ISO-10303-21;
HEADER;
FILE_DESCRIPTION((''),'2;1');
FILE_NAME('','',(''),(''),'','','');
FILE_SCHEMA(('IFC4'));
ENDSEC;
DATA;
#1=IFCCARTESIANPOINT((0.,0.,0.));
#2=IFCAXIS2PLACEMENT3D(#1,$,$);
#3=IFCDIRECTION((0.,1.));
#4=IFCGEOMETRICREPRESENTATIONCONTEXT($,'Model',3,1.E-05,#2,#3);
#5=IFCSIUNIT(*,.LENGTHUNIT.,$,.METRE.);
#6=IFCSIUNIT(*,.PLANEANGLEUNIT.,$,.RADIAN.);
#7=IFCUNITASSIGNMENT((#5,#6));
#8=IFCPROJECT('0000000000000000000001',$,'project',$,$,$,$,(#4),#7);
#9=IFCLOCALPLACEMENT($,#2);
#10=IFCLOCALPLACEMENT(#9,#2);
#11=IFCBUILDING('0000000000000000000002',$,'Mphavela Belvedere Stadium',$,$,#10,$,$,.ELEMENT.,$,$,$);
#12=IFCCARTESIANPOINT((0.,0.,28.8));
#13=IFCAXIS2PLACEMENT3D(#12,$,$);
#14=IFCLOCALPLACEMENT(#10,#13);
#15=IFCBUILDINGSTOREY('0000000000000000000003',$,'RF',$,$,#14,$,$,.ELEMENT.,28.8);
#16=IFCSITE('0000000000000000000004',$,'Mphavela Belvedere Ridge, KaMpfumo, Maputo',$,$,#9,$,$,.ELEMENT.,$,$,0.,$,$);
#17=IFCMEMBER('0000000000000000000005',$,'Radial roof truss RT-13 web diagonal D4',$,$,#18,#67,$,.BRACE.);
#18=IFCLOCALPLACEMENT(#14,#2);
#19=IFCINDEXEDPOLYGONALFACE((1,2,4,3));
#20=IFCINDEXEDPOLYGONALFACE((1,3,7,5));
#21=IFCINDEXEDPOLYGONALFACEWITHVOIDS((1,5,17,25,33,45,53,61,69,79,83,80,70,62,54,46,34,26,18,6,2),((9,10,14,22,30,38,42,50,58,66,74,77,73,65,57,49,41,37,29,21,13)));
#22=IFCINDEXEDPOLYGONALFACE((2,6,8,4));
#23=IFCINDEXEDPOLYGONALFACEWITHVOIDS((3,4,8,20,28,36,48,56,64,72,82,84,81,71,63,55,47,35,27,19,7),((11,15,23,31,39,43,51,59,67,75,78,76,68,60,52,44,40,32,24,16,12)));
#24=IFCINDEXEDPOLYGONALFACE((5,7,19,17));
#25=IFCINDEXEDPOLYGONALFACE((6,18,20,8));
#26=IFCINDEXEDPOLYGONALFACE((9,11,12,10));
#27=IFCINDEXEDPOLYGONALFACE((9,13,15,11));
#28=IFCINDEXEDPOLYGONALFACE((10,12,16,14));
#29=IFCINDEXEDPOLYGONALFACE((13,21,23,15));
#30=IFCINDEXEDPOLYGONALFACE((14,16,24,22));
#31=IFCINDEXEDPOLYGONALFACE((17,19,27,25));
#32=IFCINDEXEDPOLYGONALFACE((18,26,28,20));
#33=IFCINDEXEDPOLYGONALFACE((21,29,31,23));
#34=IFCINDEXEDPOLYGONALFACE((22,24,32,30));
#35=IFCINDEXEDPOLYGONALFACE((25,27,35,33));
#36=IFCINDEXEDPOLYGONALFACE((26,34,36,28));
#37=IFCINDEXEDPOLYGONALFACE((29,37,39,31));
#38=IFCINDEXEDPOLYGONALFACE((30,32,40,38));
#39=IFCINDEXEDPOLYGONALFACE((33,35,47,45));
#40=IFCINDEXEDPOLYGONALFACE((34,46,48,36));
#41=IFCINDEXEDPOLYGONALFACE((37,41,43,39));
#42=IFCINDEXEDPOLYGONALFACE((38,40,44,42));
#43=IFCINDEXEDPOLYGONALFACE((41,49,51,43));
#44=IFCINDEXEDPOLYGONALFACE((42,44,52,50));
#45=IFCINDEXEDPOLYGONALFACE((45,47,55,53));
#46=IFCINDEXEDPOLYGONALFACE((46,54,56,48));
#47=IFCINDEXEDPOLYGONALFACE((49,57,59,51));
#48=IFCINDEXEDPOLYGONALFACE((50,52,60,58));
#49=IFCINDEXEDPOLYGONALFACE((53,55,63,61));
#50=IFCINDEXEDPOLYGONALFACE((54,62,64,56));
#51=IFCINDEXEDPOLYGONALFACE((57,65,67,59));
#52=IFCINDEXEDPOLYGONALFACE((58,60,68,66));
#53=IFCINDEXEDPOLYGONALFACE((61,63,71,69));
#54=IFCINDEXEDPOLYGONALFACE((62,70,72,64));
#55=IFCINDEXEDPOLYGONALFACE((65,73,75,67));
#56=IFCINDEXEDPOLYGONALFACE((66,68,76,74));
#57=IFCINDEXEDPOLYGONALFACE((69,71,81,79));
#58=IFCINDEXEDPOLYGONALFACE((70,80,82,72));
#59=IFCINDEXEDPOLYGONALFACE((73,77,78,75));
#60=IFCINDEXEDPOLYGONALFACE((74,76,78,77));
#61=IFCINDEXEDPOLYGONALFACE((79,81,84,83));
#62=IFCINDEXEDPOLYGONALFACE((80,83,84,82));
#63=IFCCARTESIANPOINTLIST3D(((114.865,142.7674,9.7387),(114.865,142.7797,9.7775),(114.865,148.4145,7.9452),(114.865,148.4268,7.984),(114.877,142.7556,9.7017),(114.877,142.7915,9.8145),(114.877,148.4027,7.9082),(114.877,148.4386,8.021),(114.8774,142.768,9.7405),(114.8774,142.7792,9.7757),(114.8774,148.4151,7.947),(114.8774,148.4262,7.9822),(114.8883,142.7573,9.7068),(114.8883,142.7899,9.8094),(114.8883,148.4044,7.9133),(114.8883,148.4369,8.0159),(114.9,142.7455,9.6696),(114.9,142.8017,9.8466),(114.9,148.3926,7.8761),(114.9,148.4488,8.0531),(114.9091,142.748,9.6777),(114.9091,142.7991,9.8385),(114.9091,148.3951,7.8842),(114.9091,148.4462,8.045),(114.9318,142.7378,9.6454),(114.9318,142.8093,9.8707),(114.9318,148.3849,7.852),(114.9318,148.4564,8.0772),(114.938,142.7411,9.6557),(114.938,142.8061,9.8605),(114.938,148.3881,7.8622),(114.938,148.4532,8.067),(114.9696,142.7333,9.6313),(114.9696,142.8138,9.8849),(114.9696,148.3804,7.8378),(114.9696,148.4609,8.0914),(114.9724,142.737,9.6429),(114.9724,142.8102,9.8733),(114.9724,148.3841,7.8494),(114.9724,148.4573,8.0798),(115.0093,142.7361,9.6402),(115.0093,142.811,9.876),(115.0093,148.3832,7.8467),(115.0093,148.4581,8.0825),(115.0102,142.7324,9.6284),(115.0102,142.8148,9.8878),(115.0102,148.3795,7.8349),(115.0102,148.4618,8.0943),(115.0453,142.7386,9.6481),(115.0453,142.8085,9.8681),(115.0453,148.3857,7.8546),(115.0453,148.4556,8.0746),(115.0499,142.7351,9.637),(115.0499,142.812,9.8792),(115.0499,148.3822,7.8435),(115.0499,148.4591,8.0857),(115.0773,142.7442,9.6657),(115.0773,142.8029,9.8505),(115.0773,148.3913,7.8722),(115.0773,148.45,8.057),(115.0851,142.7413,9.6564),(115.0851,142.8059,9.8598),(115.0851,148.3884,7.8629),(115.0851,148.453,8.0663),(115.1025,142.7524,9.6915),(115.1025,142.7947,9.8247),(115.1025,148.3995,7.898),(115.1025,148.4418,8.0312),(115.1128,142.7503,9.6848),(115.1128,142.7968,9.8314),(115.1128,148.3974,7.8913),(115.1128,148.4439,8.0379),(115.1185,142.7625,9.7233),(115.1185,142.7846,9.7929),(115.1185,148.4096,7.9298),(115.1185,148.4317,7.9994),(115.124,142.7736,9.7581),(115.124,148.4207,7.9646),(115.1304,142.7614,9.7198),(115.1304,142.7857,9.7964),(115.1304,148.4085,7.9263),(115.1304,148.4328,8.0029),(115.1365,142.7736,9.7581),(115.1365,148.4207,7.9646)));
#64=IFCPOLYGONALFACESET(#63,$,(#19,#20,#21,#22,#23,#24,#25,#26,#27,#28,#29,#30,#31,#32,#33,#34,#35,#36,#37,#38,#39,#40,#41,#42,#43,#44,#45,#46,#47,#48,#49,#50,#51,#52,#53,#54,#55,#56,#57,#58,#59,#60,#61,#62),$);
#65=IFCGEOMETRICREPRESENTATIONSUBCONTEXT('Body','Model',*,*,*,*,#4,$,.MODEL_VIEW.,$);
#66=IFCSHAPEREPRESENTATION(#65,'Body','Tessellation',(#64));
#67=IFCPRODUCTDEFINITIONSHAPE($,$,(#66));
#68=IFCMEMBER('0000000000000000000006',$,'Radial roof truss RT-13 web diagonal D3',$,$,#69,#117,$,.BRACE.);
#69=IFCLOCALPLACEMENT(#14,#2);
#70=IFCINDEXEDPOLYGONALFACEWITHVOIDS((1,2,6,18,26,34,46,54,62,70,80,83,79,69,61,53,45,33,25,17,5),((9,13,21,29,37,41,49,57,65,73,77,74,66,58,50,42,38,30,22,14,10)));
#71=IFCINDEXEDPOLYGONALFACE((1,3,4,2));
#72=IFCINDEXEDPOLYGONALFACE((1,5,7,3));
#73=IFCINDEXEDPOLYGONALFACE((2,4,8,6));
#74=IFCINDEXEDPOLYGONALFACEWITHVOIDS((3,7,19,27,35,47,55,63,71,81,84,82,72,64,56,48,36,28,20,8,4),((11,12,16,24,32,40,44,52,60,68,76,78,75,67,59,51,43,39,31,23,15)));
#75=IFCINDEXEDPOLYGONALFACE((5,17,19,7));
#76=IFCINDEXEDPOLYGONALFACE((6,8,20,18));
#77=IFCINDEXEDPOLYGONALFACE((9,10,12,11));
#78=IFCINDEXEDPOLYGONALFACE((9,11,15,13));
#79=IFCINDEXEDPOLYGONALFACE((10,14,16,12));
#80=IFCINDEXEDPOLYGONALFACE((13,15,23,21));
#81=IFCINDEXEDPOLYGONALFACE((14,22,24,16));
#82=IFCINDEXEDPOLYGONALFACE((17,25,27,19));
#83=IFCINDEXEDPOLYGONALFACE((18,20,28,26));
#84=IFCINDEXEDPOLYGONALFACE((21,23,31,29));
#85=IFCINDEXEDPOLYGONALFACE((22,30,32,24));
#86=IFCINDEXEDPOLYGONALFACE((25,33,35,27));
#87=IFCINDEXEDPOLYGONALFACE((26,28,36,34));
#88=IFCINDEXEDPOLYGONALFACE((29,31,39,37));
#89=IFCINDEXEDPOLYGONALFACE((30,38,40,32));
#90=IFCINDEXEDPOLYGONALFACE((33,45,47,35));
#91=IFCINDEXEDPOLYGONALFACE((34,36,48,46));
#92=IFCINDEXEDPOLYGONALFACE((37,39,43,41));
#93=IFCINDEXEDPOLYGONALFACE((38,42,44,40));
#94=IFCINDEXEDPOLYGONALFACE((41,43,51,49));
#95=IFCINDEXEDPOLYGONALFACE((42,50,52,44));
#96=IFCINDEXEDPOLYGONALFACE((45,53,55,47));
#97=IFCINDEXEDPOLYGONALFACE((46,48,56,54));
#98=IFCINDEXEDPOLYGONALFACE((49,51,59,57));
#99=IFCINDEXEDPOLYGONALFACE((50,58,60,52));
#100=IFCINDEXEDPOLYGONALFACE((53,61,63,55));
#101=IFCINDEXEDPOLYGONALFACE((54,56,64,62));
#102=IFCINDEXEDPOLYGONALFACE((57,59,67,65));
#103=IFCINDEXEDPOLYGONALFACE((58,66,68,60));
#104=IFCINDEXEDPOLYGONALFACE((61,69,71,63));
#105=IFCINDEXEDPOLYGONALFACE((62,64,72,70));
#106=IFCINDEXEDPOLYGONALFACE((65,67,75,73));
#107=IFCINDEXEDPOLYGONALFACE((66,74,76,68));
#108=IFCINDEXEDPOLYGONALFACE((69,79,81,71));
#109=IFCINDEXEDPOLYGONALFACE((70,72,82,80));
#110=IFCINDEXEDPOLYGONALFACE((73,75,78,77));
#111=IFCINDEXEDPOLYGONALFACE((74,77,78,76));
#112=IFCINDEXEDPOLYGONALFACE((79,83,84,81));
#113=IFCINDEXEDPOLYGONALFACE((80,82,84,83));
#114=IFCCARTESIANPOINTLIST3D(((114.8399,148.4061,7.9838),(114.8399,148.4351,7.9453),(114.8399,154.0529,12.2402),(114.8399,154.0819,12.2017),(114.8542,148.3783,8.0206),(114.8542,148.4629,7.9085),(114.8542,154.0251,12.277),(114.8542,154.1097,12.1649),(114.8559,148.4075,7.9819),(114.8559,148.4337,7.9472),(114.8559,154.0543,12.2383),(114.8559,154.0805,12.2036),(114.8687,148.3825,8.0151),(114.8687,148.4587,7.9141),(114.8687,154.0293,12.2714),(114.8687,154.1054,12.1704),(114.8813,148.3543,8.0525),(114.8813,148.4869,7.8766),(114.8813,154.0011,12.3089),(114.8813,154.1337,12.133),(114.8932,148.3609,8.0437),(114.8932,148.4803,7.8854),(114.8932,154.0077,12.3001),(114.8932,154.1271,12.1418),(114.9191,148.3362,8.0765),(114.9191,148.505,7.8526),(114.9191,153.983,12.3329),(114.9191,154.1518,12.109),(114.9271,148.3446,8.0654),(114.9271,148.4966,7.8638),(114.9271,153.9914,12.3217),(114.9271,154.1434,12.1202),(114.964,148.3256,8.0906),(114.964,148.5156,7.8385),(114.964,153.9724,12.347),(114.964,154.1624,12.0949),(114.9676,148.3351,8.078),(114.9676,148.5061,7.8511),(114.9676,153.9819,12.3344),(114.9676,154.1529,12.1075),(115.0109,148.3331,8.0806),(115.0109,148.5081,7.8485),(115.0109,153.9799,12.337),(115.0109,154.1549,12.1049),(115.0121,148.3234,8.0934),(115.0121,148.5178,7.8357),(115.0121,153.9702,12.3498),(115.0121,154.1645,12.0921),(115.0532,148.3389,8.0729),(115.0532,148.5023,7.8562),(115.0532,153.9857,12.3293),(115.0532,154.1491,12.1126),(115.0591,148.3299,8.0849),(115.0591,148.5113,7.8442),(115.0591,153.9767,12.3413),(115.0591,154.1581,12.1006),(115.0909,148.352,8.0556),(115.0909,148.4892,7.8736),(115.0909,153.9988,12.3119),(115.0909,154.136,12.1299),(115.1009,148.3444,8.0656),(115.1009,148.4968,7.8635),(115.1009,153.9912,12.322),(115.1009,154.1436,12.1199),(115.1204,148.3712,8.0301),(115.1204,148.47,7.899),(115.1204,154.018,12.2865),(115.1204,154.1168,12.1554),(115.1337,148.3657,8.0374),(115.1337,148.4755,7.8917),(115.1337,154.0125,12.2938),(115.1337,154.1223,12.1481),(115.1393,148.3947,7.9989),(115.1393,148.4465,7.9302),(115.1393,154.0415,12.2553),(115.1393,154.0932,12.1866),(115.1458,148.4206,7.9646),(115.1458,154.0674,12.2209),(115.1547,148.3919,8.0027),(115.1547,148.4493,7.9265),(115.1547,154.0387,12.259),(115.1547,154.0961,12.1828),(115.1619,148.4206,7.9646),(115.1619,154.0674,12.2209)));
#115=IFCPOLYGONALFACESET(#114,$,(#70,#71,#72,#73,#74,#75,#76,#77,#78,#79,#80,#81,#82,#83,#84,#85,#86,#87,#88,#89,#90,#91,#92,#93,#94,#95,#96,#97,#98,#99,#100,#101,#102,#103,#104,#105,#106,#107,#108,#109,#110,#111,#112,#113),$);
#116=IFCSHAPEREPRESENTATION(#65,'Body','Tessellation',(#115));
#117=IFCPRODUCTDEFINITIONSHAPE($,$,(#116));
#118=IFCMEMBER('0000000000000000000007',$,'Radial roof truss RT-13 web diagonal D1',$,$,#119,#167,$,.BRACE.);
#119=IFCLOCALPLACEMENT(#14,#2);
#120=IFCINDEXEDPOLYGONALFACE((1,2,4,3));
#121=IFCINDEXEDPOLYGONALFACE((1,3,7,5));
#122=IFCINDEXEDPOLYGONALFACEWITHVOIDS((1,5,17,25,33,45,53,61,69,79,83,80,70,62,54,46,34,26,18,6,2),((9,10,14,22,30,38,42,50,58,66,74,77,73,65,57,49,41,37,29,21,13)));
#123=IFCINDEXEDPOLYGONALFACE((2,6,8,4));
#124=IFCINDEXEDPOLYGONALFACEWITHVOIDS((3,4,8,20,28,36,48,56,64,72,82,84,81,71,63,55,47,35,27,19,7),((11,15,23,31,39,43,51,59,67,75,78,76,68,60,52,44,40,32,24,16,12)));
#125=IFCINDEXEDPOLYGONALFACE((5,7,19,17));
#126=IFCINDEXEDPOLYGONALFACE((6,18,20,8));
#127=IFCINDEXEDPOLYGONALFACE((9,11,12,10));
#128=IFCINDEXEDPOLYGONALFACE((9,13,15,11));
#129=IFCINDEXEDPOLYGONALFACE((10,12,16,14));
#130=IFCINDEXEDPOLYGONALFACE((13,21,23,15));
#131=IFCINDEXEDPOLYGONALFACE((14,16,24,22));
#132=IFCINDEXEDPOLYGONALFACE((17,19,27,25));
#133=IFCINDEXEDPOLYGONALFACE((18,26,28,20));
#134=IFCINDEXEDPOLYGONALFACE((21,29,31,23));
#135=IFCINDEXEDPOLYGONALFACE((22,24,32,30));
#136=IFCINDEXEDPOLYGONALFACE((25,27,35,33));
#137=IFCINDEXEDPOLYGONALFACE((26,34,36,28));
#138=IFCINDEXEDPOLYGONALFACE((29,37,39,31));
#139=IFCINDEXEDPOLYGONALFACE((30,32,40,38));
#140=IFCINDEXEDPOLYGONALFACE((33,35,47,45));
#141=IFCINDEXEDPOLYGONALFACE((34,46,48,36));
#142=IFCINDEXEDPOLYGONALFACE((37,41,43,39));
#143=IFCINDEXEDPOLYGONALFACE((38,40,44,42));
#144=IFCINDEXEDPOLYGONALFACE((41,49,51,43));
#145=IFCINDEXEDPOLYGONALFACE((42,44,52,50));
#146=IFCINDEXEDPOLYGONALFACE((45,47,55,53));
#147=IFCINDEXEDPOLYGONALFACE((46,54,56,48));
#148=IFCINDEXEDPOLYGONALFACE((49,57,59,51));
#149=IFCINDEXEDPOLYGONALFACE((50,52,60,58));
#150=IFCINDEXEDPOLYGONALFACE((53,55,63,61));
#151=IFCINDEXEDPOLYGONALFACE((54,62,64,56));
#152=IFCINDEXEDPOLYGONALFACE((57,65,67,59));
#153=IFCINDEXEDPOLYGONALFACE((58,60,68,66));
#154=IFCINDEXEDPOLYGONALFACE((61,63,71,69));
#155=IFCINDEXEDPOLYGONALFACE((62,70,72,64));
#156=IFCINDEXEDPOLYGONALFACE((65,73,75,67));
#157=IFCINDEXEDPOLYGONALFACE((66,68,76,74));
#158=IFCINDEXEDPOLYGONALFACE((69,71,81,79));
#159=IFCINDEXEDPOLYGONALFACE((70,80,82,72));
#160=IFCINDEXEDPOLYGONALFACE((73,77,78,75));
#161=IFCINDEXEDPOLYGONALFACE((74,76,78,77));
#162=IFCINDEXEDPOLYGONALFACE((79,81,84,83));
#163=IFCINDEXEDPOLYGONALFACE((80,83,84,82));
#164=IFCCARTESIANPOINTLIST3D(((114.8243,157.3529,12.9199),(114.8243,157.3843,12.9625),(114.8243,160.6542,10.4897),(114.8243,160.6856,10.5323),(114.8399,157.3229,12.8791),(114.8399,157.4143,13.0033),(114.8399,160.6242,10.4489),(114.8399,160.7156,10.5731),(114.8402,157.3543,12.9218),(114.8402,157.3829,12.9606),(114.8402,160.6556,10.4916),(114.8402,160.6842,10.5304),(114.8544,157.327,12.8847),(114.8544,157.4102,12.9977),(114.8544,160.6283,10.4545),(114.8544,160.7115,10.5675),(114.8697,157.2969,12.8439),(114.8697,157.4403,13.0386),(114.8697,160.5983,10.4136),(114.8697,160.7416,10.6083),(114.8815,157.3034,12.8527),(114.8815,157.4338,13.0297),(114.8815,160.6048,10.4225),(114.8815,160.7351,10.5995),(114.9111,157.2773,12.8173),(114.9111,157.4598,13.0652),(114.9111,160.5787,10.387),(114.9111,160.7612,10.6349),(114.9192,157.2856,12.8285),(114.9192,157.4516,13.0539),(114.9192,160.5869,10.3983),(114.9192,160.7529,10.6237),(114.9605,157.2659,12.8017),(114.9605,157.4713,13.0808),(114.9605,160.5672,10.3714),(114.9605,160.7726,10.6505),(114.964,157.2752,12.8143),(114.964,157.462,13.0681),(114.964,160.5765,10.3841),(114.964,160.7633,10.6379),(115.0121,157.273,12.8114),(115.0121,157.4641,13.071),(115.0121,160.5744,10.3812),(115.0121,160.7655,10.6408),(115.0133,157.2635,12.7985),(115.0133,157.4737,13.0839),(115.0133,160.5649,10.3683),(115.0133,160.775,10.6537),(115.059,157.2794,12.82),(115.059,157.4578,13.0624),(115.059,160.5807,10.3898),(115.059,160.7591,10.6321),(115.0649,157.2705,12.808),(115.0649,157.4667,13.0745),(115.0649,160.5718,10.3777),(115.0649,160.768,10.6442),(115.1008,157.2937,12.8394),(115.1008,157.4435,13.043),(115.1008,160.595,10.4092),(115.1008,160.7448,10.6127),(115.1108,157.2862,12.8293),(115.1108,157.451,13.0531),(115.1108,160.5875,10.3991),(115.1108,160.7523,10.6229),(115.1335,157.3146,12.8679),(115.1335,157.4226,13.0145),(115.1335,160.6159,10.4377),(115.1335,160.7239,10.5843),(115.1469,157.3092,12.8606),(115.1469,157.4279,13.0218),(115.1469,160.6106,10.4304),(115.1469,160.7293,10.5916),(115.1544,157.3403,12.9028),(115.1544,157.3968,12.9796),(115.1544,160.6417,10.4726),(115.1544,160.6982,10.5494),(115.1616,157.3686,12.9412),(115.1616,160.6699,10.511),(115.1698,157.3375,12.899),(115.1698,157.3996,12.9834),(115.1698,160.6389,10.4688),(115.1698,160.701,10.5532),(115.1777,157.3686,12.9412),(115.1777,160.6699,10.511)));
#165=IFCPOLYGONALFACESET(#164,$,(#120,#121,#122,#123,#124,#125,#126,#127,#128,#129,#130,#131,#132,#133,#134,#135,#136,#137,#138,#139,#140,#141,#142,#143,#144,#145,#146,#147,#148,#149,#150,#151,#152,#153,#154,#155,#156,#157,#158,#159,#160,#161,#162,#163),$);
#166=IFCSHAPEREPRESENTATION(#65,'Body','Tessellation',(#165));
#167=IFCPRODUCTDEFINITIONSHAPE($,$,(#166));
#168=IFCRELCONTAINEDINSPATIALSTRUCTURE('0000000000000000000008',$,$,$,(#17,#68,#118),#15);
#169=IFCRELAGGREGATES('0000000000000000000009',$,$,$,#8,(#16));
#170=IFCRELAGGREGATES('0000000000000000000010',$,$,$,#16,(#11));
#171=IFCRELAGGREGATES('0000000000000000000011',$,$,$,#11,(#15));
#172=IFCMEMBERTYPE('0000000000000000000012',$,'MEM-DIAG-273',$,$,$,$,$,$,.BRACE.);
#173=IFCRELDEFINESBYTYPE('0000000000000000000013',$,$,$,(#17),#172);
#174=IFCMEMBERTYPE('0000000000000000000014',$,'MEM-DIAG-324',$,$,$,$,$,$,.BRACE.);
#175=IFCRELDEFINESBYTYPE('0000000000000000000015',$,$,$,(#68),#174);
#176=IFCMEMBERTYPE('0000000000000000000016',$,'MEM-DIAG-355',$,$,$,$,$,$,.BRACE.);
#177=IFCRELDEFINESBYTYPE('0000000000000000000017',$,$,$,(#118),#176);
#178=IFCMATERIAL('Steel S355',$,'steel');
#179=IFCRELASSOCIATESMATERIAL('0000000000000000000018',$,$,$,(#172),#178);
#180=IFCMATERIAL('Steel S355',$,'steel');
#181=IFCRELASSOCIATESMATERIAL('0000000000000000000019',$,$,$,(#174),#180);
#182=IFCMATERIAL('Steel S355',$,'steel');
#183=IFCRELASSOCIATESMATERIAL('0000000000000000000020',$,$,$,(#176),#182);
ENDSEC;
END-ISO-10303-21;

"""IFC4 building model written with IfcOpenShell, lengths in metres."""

from ifc_helpers import new_model, si_unit, direction, frame, origin, origin_2d, place, context, subcontext, project, spatial, hollow_circle, extrude, material, material_profile, profile_set, type_object, element, save


model = new_model("IFC4")

# Units and contexts
model_context = context("Model", 3, precision=1e-05, world=origin(), true_north=direction((0.0, 1.0)))
body_context = subcontext(model_context, "Body", "Model", "MODEL_VIEW")
ifc_project = project(units=[si_unit("LENGTHUNIT", "METRE"), si_unit("PLANEANGLEUNIT", "RADIAN")], contexts=[model_context])

# Site, building, storey
site_placement = place(None, origin())
site = spatial("IfcSite", under=ifc_project, at=site_placement, Name="Mphavela Belvedere Ridge, KaMpfumo, Maputo", CompositionType="ELEMENT", RefElevation=0.0)
building_placement = place(site_placement, origin())
building = spatial("IfcBuilding", under=site, at=building_placement, Name="Mphavela Belvedere Stadium", CompositionType="ELEMENT")
storey_placement = place(building_placement, frame((0.0, 0.0, 28.8)))
storey = spatial("IfcBuildingStorey", under=building, at=storey_placement, Name="RF", CompositionType="ELEMENT", Elevation=28.8)

# Members
ifc_material_1 = material(Name="Steel S355", Category="steel")
ifc_material_profile_1 = material_profile(ifc_material_1, hollow_circle(Radius=0.1365, WallThickness=0.0125, at=origin_2d()), Name="CHS 273x12.5")
ifc_profile_set_1 = profile_set([ifc_material_profile_1], Name="Steel S355")
member_type_1 = type_object("IfcMemberType", Name="MEM-DIAG-273", PredefinedType="BRACE", material=ifc_profile_set_1)
member_1_placement = place(storey_placement, frame((115.0, 148.4207, 7.9646), z_axis=(0.0, -0.953087, 0.302697), x_axis=(1.0, 0.0, 0.0)))
element("IfcMember", 1, at=member_1_placement, inside=storey, type_object=member_type_1, Name="Radial roof truss RT-13 web diagonal D4", PredefinedType="BRACE", context=body_context, shape_type="SweptSolid", body=[
    extrude(hollow_circle(Radius=0.1365, WallThickness=0.0125, at=origin_2d()), origin(), (0.0, 0.0, 1.0), 5.925),
])
ifc_material_2 = material(Name="Steel S355", Category="steel")
ifc_material_profile_2 = material_profile(ifc_material_2, hollow_circle(Radius=0.1619, WallThickness=0.0161, at=origin_2d()), Name="CHS 323.9x16")
ifc_profile_set_2 = profile_set([ifc_material_profile_2], Name="Steel S355")
member_type_2 = type_object("IfcMemberType", Name="MEM-DIAG-324", PredefinedType="BRACE", material=ifc_profile_set_2)
member_2_placement = place(storey_placement, frame((115.0, 154.0674, 12.2209), z_axis=(0.0, -0.798552, -0.601926), x_axis=(1.0, 0.0, 0.0)))
element("IfcMember", 2, at=member_2_placement, inside=storey, type_object=member_type_2, Name="Radial roof truss RT-13 web diagonal D3", PredefinedType="BRACE", context=body_context, shape_type="SweptSolid", body=[
    extrude(hollow_circle(Radius=0.1619, WallThickness=0.0161, at=origin_2d()), origin(), (0.0, 0.0, 1.0), 7.0713),
])
ifc_material_3 = material(Name="Steel S355", Category="steel")
ifc_material_profile_3 = material_profile(ifc_material_3, hollow_circle(Radius=0.1777, WallThickness=0.0161, at=origin_2d()), Name="CHS 355.6x16")
ifc_profile_set_3 = profile_set([ifc_material_profile_3], Name="Steel S355")
member_type_3 = type_object("IfcMemberType", Name="MEM-DIAG-355", PredefinedType="BRACE", material=ifc_profile_set_3)
member_3_placement = place(storey_placement, frame((115.0, 160.6699, 10.511), z_axis=(0.0, -0.805328, 0.592829), x_axis=(1.0, 0.0, 0.0)))
element("IfcMember", 3, at=member_3_placement, inside=storey, type_object=member_type_3, Name="Radial roof truss RT-13 web diagonal D1", PredefinedType="BRACE", context=body_context, shape_type="SweptSolid", body=[
    extrude(hollow_circle(Radius=0.1777, WallThickness=0.0161, at=origin_2d()), origin(), (0.0, 0.0, 1.0), 4.0994),
])

save(model, "model.ifc")
